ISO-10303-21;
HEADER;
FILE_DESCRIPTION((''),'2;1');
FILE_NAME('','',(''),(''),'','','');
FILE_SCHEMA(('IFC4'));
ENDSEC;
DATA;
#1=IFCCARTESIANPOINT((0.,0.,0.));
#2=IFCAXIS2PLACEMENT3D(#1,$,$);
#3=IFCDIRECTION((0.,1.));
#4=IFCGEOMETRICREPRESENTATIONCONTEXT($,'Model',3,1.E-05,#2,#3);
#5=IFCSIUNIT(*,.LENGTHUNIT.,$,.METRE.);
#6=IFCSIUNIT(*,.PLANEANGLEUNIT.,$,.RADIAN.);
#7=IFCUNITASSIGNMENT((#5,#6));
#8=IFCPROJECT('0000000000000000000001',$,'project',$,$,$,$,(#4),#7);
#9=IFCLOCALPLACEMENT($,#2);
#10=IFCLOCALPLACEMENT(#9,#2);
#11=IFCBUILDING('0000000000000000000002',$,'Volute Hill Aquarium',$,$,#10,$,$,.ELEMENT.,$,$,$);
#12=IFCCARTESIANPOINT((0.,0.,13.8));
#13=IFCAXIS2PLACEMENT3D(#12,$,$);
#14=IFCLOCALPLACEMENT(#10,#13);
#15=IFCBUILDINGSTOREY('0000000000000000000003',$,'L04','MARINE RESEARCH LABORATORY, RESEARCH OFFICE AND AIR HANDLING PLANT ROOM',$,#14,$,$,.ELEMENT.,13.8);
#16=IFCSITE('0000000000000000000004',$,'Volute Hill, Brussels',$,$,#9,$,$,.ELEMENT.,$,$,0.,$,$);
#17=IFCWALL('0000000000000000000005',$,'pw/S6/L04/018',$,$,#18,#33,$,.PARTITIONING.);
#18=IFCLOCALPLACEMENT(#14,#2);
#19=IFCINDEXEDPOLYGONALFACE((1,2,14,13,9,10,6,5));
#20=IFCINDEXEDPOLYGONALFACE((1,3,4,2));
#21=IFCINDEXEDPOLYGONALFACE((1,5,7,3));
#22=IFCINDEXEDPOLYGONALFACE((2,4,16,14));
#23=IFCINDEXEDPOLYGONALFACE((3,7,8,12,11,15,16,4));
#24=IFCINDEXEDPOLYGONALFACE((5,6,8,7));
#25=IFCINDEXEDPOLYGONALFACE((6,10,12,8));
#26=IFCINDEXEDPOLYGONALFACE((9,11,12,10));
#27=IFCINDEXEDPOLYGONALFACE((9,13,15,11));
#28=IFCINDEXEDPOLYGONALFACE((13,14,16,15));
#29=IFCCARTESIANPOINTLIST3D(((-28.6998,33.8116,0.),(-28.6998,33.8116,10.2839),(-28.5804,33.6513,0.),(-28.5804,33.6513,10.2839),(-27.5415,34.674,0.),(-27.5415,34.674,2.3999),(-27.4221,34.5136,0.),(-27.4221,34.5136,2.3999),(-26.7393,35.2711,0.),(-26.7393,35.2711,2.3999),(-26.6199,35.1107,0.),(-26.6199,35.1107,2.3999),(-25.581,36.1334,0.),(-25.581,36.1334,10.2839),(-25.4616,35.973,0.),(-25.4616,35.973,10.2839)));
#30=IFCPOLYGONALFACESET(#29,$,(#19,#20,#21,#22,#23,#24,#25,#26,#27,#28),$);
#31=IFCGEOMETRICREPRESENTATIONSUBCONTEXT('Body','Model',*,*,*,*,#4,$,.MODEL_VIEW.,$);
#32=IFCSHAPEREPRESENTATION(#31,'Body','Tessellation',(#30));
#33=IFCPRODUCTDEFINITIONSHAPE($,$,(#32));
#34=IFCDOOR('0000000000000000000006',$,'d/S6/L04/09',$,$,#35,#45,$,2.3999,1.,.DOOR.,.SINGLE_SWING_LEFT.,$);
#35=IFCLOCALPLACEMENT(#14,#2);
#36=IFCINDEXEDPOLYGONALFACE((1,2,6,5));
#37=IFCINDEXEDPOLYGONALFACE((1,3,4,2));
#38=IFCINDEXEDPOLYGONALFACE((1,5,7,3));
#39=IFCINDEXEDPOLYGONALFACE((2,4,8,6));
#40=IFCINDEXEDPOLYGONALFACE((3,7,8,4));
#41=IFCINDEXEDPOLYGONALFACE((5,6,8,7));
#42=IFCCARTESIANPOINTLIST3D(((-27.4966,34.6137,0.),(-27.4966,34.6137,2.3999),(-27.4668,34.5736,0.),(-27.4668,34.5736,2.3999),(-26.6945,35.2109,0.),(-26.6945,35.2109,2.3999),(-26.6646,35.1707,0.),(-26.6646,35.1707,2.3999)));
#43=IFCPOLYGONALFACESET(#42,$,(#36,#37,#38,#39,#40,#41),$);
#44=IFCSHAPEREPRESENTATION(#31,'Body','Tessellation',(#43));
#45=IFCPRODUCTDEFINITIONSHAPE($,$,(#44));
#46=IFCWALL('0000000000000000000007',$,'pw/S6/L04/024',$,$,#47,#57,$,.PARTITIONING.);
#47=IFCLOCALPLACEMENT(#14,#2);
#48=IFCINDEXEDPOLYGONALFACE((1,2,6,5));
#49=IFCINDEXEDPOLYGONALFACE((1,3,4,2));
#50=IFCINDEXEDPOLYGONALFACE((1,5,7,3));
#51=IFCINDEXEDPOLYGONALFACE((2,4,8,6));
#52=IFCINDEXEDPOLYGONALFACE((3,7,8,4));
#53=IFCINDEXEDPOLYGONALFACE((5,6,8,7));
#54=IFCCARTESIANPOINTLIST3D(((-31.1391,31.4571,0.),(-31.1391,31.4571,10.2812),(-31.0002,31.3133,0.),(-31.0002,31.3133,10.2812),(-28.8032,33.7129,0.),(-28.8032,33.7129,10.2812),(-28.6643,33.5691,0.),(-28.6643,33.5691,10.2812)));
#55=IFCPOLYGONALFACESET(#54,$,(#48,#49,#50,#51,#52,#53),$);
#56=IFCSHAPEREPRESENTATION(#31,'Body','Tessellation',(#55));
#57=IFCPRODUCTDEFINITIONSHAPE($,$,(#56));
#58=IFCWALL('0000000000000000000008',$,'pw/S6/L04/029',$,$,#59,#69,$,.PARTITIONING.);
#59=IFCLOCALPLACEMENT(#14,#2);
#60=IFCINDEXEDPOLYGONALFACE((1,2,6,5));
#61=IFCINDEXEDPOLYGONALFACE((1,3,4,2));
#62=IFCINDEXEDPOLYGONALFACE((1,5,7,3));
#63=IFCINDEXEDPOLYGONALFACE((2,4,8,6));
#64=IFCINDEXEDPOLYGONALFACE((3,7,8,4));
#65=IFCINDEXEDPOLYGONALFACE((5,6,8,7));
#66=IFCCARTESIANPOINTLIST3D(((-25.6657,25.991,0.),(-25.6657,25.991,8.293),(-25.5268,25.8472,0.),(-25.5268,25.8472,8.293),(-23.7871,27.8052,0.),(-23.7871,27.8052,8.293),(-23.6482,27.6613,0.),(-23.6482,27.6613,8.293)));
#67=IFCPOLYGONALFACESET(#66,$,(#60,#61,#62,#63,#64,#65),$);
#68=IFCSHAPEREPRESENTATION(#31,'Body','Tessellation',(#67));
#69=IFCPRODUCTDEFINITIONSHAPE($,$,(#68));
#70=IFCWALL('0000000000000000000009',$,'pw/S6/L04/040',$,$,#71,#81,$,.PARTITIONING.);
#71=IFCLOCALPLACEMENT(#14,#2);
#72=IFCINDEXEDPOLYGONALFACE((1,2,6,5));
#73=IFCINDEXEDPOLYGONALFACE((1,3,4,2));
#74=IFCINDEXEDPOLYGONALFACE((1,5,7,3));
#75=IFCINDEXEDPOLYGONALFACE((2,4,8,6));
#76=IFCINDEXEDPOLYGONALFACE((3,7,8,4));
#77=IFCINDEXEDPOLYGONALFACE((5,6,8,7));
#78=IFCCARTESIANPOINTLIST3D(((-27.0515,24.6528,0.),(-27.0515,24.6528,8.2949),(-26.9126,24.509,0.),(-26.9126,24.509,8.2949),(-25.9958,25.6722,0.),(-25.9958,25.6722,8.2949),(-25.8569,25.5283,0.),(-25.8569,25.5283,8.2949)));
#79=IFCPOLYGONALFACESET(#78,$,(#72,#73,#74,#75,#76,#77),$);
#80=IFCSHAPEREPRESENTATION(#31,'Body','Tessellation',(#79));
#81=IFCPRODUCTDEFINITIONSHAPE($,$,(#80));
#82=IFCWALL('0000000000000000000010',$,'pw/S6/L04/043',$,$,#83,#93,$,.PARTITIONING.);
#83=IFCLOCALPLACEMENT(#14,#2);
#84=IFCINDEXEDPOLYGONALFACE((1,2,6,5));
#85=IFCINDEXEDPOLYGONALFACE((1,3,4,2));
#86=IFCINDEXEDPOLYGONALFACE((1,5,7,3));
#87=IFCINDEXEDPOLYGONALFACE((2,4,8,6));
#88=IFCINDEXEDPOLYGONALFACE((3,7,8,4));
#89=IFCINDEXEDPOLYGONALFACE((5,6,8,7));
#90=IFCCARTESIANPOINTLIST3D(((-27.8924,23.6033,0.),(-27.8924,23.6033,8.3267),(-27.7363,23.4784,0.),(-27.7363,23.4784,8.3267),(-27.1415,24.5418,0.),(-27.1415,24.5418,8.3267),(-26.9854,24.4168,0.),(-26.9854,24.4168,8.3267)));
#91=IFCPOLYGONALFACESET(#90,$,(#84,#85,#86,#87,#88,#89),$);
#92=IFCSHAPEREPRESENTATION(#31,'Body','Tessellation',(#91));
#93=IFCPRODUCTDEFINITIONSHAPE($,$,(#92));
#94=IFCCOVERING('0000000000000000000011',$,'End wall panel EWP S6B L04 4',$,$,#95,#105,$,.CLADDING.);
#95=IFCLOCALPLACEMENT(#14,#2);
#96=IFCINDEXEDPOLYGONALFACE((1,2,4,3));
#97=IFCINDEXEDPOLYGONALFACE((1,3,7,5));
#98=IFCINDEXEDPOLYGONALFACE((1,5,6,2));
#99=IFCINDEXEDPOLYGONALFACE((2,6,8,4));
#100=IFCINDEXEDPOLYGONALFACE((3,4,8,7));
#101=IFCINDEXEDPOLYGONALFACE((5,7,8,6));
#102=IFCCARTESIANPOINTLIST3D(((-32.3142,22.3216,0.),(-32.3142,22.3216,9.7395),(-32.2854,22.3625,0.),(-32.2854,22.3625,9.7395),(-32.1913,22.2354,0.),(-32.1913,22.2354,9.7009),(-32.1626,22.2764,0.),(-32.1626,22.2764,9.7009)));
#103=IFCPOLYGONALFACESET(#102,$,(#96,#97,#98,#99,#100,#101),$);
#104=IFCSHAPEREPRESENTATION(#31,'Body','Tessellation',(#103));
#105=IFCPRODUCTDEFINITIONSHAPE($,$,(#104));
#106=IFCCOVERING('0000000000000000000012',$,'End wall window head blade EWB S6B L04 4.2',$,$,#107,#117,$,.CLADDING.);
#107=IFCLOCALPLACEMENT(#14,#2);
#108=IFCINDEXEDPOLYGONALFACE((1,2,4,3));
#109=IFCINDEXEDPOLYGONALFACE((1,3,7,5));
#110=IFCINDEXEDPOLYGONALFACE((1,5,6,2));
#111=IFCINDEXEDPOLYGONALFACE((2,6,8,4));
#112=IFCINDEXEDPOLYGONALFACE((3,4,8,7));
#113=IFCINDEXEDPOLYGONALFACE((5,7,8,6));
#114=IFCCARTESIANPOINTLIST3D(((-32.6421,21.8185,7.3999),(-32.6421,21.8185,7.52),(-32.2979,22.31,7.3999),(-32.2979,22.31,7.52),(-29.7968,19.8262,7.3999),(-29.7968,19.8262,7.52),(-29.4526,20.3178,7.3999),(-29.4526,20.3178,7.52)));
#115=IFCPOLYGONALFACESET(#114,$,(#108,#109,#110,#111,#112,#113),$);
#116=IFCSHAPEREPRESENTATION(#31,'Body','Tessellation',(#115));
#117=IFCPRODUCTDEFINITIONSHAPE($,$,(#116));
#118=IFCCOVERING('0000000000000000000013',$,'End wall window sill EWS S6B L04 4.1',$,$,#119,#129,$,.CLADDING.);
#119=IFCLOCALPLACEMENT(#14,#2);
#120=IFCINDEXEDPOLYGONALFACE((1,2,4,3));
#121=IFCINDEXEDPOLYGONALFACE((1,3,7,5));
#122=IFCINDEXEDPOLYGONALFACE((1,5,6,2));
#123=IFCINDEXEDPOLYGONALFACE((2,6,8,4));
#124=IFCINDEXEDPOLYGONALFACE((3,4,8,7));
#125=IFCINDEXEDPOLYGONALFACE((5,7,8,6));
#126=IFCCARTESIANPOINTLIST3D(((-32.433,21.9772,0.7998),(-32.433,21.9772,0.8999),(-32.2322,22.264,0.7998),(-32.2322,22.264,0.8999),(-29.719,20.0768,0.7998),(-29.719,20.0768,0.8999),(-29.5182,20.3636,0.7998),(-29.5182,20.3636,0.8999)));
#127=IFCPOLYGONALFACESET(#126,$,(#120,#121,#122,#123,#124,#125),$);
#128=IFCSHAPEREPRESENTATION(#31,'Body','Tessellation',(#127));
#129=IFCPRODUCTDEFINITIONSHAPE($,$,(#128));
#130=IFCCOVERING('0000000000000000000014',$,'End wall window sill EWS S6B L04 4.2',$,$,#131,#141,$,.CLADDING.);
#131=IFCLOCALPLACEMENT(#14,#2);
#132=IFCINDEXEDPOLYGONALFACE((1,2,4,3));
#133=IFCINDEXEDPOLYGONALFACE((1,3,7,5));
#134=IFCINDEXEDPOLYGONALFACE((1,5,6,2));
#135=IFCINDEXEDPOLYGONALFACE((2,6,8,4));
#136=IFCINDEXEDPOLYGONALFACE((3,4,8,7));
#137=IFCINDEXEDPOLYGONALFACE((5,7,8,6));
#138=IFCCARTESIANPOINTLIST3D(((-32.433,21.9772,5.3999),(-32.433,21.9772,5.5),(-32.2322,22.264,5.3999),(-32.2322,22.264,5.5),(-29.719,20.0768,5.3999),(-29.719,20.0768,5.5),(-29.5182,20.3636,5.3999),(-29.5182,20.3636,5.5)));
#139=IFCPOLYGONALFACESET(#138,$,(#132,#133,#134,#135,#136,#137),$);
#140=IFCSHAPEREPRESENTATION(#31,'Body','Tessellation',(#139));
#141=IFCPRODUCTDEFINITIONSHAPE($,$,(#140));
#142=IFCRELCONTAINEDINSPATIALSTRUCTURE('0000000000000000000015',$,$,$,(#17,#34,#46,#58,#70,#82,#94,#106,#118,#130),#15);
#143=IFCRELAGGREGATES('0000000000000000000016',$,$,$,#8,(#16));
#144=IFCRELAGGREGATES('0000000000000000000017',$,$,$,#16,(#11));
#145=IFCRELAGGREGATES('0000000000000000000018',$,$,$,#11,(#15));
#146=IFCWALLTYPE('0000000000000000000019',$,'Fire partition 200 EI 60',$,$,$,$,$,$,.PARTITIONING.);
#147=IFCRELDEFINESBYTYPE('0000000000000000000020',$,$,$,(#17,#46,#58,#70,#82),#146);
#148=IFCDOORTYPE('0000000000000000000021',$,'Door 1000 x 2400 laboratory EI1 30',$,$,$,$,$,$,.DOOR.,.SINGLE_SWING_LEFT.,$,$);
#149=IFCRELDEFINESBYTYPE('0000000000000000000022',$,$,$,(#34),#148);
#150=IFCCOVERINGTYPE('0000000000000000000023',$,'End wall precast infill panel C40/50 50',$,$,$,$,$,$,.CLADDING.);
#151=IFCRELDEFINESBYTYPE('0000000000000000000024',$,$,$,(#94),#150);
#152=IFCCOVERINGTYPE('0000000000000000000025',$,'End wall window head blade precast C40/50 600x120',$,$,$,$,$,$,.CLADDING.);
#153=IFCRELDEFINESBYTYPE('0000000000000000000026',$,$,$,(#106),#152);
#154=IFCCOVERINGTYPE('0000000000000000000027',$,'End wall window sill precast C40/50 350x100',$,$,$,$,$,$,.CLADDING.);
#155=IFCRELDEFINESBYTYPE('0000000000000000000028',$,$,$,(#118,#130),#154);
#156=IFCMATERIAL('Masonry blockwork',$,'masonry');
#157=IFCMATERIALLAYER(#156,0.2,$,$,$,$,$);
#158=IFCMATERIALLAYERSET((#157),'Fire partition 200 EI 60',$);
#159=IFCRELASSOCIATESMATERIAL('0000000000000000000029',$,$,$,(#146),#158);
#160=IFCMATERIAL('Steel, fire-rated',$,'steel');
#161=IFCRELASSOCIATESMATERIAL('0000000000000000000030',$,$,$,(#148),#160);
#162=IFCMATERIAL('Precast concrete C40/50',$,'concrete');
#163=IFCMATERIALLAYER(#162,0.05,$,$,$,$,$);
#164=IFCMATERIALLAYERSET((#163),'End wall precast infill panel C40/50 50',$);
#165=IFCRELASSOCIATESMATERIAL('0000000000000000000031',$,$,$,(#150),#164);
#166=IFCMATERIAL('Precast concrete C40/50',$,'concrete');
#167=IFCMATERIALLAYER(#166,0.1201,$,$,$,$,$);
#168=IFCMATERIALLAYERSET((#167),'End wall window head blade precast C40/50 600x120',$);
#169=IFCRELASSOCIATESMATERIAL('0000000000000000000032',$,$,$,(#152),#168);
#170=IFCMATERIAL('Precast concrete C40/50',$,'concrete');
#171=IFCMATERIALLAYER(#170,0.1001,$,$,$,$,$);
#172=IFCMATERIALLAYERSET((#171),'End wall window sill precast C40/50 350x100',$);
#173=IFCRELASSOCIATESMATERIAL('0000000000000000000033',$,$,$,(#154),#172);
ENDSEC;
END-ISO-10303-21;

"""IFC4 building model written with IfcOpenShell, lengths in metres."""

from ifc_helpers import new_model, si_unit, direction, frame, frame_2d, origin, origin_2d, place, context, subcontext, project, spatial, polyline, rectangle, outline, extrude, material, layer, layer_set, type_object, element, fill, save


model = new_model("IFC4")

# Units and contexts
model_context = context("Model", 3, precision=1e-05, world=origin(), true_north=direction((0.0, 1.0)))
body_context = subcontext(model_context, "Body", "Model", "MODEL_VIEW")
ifc_project = project(units=[si_unit("LENGTHUNIT", "METRE"), si_unit("PLANEANGLEUNIT", "RADIAN")], contexts=[model_context])

# Site, building, storey
site_placement = place(None, origin())
site = spatial("IfcSite", under=ifc_project, at=site_placement, Name="Volute Hill, Brussels", CompositionType="ELEMENT", RefElevation=0.0)
building_placement = place(site_placement, origin())
building = spatial("IfcBuilding", under=site, at=building_placement, Name="Volute Hill Aquarium", CompositionType="ELEMENT")
storey_placement = place(building_placement, frame((0.0, 0.0, 13.8)))
storey = spatial("IfcBuildingStorey", under=building, at=storey_placement, Name="L04", Description="MARINE RESEARCH LABORATORY, RESEARCH OFFICE AND AIR HANDLING PLANT ROOM", CompositionType="ELEMENT", Elevation=13.8)

# Shared definitions
ifc_material_1 = material(Name="Masonry blockwork", Category="masonry")
ifc_layer_1 = layer(ifc_material_1, 0.2)
ifc_layer_set_1 = layer_set([ifc_layer_1], Name="Fire partition 200 EI 60")
wall_type_1 = type_object("IfcWallType", Name="Fire partition 200 EI 60", PredefinedType="PARTITIONING", material=ifc_layer_set_1)

# Wall, opening, door
wall_1_placement = place(storey_placement, frame((-28.6401, 33.7314, 0.0), z_axis=(0.0, 0.0, 1.0), x_axis=(0.802142, 0.597133, 0.0)))
wall_1 = element("IfcWall", 1, at=wall_1_placement, inside=storey, type_object=wall_type_1, Name="pw/S6/L04/018", PredefinedType="PARTITIONING", context=body_context, shape_type="SweptSolid", body=[
    extrude(rectangle(XDim=3.8882, YDim=0.2, at=frame_2d((1.9441, 0.0))), origin(), (0.0, 0.0, 1.0), 10.2839),
])
opening_1_placement = place(wall_1_placement, frame((1.4441, 0.0, 0.0)))
opening_1 = element("IfcOpeningElement", 2, at=opening_1_placement, cuts=wall_1, PredefinedType="OPENING", context=body_context, shape_type="SweptSolid", body=[
    extrude(rectangle(XDim=1.0, YDim=2.3999, at=frame_2d((0.5, 1.2))), frame((0.0, 0.1099, 0.0), z_axis=(0.0, -1.0, 0.0), x_axis=(1.0, 0.0, 0.0)), (0.0, 0.0, 1.0), 0.22),
])
ifc_material_2 = material(Name="Steel, fire-rated", Category="steel")
door_type_1 = type_object("IfcDoorType", Name="Door 1000 x 2400 laboratory EI1 30", OperationType="SINGLE_SWING_LEFT", PredefinedType="DOOR", material=ifc_material_2)
door_1_placement = place(opening_1_placement, origin())
door_1 = element("IfcDoor", 3, at=door_1_placement, inside=storey, type_object=door_type_1, Name="d/S6/L04/09", OperationType="SINGLE_SWING_LEFT", OverallHeight=2.3999, OverallWidth=1.0, PredefinedType="DOOR", context=body_context, shape_type="SweptSolid", body=[
    extrude(rectangle(XDim=1.0, YDim=2.3999, at=frame_2d((0.5, 1.2))), frame((0.0, 0.0249, 0.0), z_axis=(0.0, -1.0, 0.0), x_axis=(1.0, 0.0, 0.0)), (0.0, 0.0, 1.0), 0.05),
])
fill(opening_1, door_1)

# Walls
wall_2_placement = place(storey_placement, frame((-31.0696, 31.3853, 0.0), z_axis=(0.0, 0.0, 1.0), x_axis=(0.719329, 0.69467, 0.0)))
element("IfcWall", 4, at=wall_2_placement, inside=storey, type_object=wall_type_1, Name="pw/S6/L04/024", PredefinedType="PARTITIONING", context=body_context, shape_type="SweptSolid", body=[
    extrude(rectangle(XDim=3.2473, YDim=0.2, at=frame_2d((1.6235, 0.0))), origin(), (0.0, 0.0, 1.0), 10.2812),
])
wall_3_placement = place(storey_placement, frame((-25.5962, 25.9192, 0.0), z_axis=(0.0, 0.0, 1.0), x_axis=(0.719339, 0.69466, 0.0)))
element("IfcWall", 5, at=wall_3_placement, inside=storey, type_object=wall_type_1, Name="pw/S6/L04/029", PredefinedType="PARTITIONING", context=body_context, shape_type="SweptSolid", body=[
    extrude(rectangle(XDim=2.6116, YDim=0.2, at=frame_2d((1.3057, 0.0))), origin(), (0.0, 0.0, 1.0), 8.293),
])
wall_4_placement = place(storey_placement, frame((-26.9822, 24.5808, 0.0), z_axis=(0.0, 0.0, 1.0), x_axis=(0.719393, 0.694603, 0.0)))
element("IfcWall", 6, at=wall_4_placement, inside=storey, type_object=wall_type_1, Name="pw/S6/L04/040", PredefinedType="PARTITIONING", context=body_context, shape_type="SweptSolid", body=[
    extrude(rectangle(XDim=1.4675, YDim=0.2, at=frame_2d((0.7339, 0.0))), origin(), (0.0, 0.0, 1.0), 8.2949),
])
wall_5_placement = place(storey_placement, frame((-27.8145, 23.5408, 0.0), z_axis=(0.0, 0.0, 1.0), x_axis=(0.624794, 0.78079, 0.0)))
element("IfcWall", 7, at=wall_5_placement, inside=storey, type_object=wall_type_1, Name="pw/S6/L04/043", PredefinedType="PARTITIONING", context=body_context, shape_type="SweptSolid", body=[
    extrude(rectangle(XDim=1.2019, YDim=0.2, at=frame_2d((0.6011, 0.0))), origin(), (0.0, 0.0, 1.0), 8.3267),
])

# Coverings
ifc_material_3 = material(Name="Precast concrete C40/50", Category="concrete")
ifc_layer_2 = layer(ifc_material_3, 0.05)
ifc_layer_set_2 = layer_set([ifc_layer_2], Name="End wall precast infill panel C40/50 50")
covering_type_1 = type_object("IfcCoveringType", Name="End wall precast infill panel C40/50 50", PredefinedType="CLADDING", material=ifc_layer_set_2)
covering_1_placement = place(storey_placement, frame((-32.1626, 22.2764, 0.0), z_axis=(0.574445, 0.818543, 0.0), x_axis=(-0.818543, 0.574445, 0.0)))
element("IfcCovering", 8, at=covering_1_placement, inside=storey, type_object=covering_type_1, Name="End wall panel EWP S6B L04 4", PredefinedType="CLADDING", context=body_context, shape_type="SweptSolid", body=[
    extrude(outline(polyline([(0.0, 0.0), (0.15, 0.0), (0.15, 9.7395), (0.0, 9.7009), (0.0, 0.0)])), origin(), (0.0, 0.0, -1.0), 0.05),
])
ifc_material_4 = material(Name="Precast concrete C40/50", Category="concrete")
ifc_layer_3 = layer(ifc_material_4, 0.1201)
ifc_layer_set_3 = layer_set([ifc_layer_3], Name="End wall window head blade precast C40/50 600x120")
covering_type_2 = type_object("IfcCoveringType", Name="End wall window head blade precast C40/50 600x120", PredefinedType="CLADDING", material=ifc_layer_set_3)
covering_2_placement = place(storey_placement, frame((-31.0474, 21.0681, 7.3999), z_axis=(0.0, 0.0, 1.0), x_axis=(-0.819151, 0.573577, 0.0)))
element("IfcCovering", 9, at=covering_2_placement, inside=storey, type_object=covering_type_2, Name="End wall window head blade EWB S6B L04 4.2", PredefinedType="CLADDING", context=body_context, shape_type="SweptSolid", body=[
    extrude(rectangle(XDim=3.4734, YDim=0.6001, at=origin_2d()), origin(), (0.0, 0.0, 1.0), 0.1201),
])
ifc_material_5 = material(Name="Precast concrete C40/50", Category="concrete")
ifc_layer_4 = layer(ifc_material_5, 0.1001)
ifc_layer_set_4 = layer_set([ifc_layer_4], Name="End wall window sill precast C40/50 350x100")
covering_type_3 = type_object("IfcCoveringType", Name="End wall window sill precast C40/50 350x100", PredefinedType="CLADDING", material=ifc_layer_set_4)
for number, where, z_axis, x_axis, name in (
    (10, (-30.9756, 21.1704, 0.7998), (0.0, 0.0, 1.0), (-0.819151, 0.573577, 0.0), "End wall window sill EWS S6B L04 4.1"),
    (11, (-30.9756, 21.1704, 5.3999), (0.0, 0.0, 1.0), (-0.819151, 0.573577, 0.0), "End wall window sill EWS S6B L04 4.2"),
):
    element("IfcCovering", number, at=place(storey_placement, frame(where, z_axis=z_axis, x_axis=x_axis)), inside=storey, type_object=covering_type_3, Name=name, PredefinedType="CLADDING", context=body_context, shape_type="SweptSolid", body=[
        extrude(rectangle(XDim=3.3132, YDim=0.3501, at=origin_2d()), origin(), (0.0, 0.0, 1.0), 0.1001),
    ])

save(model, "model.ifc")
